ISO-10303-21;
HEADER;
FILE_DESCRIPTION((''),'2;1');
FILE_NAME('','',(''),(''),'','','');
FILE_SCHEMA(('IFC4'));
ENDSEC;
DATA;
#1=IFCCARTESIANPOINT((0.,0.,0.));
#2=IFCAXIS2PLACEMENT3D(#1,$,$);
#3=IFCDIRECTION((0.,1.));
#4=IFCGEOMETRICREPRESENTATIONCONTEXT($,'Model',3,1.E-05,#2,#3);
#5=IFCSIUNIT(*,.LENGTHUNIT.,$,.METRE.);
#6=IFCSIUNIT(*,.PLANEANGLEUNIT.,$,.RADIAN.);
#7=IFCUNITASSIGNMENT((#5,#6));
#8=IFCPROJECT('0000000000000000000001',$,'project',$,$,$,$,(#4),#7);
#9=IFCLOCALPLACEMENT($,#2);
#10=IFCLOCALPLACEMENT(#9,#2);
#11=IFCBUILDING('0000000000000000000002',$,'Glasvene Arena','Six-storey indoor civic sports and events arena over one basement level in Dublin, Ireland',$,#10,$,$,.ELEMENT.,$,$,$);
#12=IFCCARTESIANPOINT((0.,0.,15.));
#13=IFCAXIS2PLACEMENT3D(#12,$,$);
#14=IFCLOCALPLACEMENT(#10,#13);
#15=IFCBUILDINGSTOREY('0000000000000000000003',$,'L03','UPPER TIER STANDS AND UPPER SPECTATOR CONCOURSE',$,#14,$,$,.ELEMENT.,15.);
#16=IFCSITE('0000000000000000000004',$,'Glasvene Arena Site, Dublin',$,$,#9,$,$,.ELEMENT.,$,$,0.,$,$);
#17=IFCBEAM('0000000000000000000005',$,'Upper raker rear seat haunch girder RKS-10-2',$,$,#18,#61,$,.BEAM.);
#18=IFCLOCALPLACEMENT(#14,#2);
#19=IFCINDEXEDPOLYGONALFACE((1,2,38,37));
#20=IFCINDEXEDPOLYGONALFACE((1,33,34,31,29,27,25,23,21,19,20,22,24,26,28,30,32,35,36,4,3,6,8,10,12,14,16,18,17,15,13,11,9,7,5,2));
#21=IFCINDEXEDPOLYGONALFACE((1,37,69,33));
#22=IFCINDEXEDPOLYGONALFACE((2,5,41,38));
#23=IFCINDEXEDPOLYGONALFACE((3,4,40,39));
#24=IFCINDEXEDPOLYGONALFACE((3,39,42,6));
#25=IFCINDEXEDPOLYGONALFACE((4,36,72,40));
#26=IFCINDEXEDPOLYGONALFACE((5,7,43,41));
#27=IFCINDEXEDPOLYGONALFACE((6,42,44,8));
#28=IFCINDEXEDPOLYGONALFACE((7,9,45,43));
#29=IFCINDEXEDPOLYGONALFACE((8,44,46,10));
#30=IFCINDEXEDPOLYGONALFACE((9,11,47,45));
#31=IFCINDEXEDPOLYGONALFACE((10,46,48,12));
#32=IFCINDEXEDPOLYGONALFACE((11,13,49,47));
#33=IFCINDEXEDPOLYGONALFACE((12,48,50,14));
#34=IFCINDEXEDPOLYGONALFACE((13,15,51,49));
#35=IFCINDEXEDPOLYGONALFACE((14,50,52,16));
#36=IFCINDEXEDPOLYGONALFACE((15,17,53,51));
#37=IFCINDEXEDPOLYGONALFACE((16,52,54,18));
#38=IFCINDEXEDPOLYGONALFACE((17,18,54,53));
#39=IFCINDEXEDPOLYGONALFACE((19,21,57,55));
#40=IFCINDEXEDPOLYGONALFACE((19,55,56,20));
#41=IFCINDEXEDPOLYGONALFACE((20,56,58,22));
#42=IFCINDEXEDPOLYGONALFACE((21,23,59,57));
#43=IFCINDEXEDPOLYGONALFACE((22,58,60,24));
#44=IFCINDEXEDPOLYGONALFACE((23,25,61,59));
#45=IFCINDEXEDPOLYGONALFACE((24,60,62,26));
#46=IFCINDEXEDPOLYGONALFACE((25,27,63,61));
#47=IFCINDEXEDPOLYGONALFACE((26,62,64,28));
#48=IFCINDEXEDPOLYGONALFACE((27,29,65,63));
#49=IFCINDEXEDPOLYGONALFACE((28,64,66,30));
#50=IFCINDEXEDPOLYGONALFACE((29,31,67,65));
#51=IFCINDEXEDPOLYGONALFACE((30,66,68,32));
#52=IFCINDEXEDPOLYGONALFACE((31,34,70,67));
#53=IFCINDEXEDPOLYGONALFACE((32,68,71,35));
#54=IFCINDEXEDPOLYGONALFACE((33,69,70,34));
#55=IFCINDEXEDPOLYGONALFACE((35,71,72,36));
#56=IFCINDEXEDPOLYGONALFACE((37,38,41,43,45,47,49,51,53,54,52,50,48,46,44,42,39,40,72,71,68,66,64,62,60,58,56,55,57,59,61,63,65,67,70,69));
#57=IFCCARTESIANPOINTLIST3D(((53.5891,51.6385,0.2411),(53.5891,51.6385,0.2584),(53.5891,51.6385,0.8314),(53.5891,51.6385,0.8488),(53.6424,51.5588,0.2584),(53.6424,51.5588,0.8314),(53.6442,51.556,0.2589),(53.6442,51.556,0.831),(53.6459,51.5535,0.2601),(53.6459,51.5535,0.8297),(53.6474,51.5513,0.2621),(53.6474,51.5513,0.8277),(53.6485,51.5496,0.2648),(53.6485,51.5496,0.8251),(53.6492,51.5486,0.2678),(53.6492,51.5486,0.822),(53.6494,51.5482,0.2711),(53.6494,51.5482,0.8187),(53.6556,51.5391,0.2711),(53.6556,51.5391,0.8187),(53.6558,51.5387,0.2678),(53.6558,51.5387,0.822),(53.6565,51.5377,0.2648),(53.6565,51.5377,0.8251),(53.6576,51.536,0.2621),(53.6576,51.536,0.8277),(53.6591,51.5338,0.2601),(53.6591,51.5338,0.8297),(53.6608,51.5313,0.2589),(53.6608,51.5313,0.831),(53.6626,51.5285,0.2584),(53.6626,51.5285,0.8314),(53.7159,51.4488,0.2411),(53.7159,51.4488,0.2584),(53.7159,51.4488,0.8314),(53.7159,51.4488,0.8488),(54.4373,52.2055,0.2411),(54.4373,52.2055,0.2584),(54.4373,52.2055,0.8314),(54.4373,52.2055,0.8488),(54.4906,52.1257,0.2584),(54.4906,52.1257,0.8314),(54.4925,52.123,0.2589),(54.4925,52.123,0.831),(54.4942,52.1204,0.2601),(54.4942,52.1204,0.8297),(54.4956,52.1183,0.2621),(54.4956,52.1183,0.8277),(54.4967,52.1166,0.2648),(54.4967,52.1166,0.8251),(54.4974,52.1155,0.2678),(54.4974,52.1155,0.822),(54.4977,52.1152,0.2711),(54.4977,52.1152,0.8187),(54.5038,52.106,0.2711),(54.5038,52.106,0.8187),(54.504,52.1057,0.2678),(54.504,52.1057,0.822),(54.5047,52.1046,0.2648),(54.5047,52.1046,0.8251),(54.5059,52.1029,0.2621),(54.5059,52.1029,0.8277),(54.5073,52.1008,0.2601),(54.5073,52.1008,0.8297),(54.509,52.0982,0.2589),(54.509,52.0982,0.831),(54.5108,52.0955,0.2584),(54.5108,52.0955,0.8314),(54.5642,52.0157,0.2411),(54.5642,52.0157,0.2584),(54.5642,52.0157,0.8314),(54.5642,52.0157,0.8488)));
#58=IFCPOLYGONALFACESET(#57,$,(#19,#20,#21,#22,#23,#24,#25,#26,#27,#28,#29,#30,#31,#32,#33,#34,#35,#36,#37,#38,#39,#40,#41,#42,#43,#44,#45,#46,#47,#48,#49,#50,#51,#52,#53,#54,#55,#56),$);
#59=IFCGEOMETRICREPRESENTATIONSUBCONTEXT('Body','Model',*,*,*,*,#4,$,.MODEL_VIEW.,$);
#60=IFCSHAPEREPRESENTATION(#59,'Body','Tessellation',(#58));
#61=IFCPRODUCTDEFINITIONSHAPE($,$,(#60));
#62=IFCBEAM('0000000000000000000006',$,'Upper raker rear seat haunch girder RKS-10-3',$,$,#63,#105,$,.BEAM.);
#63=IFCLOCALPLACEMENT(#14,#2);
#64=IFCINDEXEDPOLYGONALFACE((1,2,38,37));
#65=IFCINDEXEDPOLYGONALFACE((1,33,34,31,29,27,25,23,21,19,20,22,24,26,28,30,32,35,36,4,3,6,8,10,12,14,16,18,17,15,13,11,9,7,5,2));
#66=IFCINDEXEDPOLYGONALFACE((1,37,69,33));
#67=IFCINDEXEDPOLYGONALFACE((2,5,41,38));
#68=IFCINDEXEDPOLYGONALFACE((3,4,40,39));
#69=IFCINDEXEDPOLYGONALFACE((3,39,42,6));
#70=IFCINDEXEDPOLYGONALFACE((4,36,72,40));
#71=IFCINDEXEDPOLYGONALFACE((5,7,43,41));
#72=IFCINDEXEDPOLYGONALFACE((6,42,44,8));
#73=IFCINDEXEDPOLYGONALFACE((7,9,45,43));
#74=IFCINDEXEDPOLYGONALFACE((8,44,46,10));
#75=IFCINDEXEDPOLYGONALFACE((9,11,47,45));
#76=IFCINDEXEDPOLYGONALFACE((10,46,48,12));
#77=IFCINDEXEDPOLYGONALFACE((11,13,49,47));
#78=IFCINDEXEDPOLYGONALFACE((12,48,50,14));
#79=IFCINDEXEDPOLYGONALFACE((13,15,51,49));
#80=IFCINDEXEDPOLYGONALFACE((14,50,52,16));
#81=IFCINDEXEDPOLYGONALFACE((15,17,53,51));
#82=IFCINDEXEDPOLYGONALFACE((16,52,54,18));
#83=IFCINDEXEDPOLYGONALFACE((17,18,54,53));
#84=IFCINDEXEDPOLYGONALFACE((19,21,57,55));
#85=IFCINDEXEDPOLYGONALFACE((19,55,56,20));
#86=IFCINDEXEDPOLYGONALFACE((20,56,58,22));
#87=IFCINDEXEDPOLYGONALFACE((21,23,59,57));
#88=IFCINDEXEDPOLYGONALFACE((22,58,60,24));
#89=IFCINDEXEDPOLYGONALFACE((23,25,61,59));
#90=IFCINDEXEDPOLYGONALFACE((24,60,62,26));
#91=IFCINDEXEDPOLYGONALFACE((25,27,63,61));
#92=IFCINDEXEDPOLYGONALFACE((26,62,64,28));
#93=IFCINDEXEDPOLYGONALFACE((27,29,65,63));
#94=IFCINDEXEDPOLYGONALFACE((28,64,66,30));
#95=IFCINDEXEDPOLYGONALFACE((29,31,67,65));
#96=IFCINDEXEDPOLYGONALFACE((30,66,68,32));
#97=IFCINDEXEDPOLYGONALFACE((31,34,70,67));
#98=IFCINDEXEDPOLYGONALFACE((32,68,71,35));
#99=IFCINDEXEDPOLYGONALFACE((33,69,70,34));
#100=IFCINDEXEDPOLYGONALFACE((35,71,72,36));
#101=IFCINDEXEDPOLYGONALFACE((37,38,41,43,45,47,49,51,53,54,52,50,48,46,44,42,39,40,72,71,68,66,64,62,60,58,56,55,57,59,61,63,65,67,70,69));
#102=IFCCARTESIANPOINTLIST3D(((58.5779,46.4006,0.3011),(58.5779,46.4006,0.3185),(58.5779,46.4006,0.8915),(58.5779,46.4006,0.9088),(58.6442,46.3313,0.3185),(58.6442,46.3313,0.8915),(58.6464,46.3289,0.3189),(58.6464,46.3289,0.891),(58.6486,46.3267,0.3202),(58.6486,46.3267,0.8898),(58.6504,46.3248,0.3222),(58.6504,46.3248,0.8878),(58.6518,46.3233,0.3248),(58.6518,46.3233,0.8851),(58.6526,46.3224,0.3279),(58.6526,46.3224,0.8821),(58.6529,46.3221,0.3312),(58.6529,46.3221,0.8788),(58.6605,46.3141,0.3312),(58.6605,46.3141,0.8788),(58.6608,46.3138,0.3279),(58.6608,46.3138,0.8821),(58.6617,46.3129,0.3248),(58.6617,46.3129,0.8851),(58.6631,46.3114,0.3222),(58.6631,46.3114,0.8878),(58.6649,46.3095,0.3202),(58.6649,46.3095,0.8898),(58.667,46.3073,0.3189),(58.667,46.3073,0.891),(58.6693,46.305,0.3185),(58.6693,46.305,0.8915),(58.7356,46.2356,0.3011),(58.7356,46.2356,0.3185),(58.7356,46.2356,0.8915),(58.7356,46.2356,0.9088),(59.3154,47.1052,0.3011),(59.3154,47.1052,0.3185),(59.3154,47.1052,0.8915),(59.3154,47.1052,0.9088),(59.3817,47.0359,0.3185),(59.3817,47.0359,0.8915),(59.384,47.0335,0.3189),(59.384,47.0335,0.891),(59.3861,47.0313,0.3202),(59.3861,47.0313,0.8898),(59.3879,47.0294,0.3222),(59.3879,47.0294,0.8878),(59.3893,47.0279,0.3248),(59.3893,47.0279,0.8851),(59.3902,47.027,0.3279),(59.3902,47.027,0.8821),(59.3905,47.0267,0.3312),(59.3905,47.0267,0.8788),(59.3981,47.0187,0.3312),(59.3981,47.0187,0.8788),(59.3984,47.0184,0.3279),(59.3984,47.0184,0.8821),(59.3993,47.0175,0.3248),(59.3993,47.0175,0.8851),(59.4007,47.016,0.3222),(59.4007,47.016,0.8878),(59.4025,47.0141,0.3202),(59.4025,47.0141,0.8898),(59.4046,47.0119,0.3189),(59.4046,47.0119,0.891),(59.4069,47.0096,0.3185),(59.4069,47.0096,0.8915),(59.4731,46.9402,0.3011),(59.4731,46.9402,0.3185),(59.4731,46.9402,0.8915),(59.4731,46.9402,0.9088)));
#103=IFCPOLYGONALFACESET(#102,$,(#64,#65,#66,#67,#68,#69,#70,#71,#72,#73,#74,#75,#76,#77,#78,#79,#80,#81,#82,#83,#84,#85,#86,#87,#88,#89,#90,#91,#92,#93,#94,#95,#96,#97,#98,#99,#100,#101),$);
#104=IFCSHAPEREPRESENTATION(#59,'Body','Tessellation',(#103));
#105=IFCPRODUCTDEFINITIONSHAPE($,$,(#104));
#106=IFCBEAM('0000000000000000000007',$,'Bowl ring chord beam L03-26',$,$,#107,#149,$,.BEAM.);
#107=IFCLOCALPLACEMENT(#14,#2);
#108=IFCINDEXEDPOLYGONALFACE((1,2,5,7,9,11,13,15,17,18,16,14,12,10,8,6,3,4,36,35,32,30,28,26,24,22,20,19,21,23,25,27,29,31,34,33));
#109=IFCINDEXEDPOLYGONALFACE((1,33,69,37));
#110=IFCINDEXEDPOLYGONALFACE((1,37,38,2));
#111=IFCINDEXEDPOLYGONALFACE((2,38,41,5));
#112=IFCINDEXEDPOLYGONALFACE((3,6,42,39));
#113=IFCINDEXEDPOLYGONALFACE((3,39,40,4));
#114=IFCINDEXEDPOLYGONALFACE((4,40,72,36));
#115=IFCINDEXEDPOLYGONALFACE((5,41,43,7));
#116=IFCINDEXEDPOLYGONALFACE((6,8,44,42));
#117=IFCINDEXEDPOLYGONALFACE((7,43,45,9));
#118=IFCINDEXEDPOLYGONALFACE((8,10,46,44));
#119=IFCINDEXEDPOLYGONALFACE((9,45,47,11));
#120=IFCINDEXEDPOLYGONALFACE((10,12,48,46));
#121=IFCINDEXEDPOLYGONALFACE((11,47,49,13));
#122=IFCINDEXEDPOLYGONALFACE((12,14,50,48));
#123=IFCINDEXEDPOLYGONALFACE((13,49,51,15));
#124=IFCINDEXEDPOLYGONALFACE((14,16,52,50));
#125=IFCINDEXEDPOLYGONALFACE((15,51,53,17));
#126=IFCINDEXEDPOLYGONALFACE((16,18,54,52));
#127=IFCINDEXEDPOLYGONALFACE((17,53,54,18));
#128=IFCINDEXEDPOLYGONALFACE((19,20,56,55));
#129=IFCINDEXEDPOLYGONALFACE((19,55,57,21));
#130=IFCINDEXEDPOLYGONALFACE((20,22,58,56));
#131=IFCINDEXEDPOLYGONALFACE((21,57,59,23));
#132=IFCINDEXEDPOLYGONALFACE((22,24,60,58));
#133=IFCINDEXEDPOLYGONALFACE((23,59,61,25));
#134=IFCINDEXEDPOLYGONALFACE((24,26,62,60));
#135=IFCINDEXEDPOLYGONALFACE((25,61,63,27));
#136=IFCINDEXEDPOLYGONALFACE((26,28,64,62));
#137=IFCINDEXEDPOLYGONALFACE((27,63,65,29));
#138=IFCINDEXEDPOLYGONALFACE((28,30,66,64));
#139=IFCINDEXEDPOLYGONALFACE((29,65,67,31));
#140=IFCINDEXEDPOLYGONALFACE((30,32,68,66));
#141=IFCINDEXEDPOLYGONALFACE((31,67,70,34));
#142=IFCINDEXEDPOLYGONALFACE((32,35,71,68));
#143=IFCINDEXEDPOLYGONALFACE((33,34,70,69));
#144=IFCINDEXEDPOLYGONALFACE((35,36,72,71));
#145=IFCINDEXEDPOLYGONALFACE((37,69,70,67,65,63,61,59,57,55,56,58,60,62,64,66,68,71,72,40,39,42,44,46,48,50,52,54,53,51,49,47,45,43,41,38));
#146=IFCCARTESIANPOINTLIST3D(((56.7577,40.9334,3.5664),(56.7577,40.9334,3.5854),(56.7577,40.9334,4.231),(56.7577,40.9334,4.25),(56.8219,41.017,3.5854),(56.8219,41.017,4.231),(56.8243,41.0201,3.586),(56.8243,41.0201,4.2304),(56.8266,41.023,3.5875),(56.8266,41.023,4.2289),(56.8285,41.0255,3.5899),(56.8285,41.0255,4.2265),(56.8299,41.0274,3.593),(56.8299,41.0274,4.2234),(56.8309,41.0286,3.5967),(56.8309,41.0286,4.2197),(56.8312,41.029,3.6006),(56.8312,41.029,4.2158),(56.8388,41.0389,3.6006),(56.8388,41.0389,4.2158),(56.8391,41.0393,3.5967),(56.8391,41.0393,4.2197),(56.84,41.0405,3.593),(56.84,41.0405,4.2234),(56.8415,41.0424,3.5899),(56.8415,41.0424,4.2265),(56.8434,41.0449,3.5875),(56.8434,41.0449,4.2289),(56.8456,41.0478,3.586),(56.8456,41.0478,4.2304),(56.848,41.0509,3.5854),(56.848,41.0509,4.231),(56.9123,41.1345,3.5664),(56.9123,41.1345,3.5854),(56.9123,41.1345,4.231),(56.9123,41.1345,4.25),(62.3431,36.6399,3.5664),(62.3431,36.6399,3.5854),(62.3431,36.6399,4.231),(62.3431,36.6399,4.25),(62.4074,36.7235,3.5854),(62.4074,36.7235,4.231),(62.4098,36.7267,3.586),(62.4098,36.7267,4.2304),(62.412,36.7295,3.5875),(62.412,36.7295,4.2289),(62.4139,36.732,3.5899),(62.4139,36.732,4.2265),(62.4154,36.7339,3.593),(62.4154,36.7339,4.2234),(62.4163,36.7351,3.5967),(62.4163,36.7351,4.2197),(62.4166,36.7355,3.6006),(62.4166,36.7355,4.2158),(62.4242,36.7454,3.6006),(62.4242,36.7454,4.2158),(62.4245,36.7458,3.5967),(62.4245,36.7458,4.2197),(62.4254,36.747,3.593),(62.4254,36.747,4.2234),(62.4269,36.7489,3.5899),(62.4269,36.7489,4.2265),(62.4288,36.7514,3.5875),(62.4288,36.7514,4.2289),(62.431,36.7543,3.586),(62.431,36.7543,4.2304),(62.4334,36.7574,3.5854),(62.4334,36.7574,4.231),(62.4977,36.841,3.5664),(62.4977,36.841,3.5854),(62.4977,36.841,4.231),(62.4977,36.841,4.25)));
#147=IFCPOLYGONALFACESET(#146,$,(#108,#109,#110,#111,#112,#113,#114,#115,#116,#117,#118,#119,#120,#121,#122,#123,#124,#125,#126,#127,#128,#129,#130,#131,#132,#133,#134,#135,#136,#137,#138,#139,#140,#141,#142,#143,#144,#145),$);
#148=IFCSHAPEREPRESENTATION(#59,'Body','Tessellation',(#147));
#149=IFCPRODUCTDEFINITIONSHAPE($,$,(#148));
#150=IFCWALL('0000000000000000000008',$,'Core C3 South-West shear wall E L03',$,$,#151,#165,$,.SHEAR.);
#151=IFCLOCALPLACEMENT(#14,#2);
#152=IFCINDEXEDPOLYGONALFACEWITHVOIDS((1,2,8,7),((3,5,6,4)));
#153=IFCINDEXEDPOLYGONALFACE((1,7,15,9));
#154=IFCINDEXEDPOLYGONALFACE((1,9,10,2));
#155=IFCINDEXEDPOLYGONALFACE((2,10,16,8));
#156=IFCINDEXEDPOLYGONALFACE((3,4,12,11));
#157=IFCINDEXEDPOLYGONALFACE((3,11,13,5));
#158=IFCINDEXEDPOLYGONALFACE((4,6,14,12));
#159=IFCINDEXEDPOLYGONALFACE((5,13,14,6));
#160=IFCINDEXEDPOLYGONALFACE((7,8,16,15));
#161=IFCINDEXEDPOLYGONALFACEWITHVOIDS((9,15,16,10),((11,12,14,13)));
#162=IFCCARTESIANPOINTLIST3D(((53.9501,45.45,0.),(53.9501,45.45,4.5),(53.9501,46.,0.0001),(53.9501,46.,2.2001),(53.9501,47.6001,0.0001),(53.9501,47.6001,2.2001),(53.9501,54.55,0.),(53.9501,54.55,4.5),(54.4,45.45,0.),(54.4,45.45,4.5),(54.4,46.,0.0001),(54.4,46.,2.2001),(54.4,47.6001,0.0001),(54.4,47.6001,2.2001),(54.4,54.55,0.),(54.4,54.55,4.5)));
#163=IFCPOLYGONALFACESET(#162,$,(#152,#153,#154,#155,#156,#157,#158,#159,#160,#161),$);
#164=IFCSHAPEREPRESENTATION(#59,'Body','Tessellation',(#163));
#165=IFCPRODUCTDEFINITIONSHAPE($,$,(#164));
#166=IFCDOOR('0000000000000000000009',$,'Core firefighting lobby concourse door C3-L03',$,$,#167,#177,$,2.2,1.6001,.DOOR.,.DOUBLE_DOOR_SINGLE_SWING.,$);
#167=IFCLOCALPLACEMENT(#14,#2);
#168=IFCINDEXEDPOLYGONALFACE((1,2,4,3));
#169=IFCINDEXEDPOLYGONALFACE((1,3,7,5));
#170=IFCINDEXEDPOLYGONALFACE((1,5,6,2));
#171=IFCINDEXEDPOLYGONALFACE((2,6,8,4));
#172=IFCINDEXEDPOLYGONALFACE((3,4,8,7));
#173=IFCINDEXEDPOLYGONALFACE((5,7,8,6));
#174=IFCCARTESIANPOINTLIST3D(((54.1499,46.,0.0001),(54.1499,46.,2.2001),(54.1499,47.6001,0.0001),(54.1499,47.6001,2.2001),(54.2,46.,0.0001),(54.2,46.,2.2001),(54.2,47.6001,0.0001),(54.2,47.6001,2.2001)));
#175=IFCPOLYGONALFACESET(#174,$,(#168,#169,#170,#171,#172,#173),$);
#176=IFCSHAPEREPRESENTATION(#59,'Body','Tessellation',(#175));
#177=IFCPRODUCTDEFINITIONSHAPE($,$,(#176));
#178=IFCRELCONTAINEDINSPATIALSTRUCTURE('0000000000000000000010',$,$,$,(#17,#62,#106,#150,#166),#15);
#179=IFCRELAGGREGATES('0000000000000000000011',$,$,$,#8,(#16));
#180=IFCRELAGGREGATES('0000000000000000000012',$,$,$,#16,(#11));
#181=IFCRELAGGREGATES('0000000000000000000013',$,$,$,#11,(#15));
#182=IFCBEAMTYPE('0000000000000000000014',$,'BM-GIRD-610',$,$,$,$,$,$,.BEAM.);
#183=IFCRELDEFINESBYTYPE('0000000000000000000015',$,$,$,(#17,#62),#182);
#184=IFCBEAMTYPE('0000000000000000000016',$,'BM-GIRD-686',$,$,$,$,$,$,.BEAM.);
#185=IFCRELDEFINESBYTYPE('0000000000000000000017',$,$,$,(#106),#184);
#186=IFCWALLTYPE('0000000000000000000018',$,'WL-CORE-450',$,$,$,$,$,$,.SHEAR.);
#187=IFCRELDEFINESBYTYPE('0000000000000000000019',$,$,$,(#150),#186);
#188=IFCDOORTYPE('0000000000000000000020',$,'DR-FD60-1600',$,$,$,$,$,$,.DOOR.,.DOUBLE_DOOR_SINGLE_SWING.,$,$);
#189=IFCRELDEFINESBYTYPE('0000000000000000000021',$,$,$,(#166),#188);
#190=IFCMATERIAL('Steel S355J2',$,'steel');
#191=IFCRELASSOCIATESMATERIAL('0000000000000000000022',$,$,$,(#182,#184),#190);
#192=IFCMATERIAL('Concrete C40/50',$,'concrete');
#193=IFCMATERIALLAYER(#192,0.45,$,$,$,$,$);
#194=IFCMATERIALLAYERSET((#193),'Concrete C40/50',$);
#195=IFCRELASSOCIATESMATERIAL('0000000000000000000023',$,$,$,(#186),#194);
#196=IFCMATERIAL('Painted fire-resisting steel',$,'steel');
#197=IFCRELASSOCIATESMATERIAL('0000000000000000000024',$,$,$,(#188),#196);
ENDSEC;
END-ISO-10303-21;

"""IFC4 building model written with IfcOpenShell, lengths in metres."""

from ifc_helpers import new_model, si_unit, direction, frame, frame_2d, origin, origin_2d, place, context, subcontext, project, spatial, rectangle, i_section, extrude, material, layer, layer_set, material_profile, profile_set, type_object, element, fill, save


model = new_model("IFC4")

# Units and contexts
model_context = context("Model", 3, precision=1e-05, world=origin(), true_north=direction((0.0, 1.0)))
body_context = subcontext(model_context, "Body", "Model", "MODEL_VIEW")
ifc_project = project(units=[si_unit("LENGTHUNIT", "METRE"), si_unit("PLANEANGLEUNIT", "RADIAN")], contexts=[model_context])

# Site, building, storey
site_placement = place(None, origin())
site = spatial("IfcSite", under=ifc_project, at=site_placement, Name="Glasvene Arena Site, Dublin", CompositionType="ELEMENT", RefElevation=0.0)
building_placement = place(site_placement, origin())
building = spatial("IfcBuilding", under=site, at=building_placement, Name="Glasvene Arena", Description="Six-storey indoor civic sports and events arena over one basement level in Dublin, Ireland", CompositionType="ELEMENT")
storey_placement = place(building_placement, frame((0.0, 0.0, 15.0)))
storey = spatial("IfcBuildingStorey", under=building, at=storey_placement, Name="L03", Description="UPPER TIER STANDS AND UPPER SPECTATOR CONCOURSE", CompositionType="ELEMENT", Elevation=15.0)

# Shared definitions
ifc_material_1 = material(Name="Steel S355J2", Category="steel")

# Beams
ifc_material_profile_1 = material_profile(ifc_material_1, i_section(OverallWidth=0.2283, OverallDepth=0.6077, WebThickness=0.011, FlangeThickness=0.0173, FilletRadius=0.0127, at=origin_2d()), Name="UKB 610x229x113")
ifc_profile_set_1 = profile_set([ifc_material_profile_1], Name="Steel S355J2")
beam_type_1 = type_object("IfcBeamType", Name="BM-GIRD-610", PredefinedType="BEAM", material=ifc_profile_set_1)
beam_1_placement = place(storey_placement, frame((54.5007, 52.1106, 0.5449), z_axis=(-0.831387, -0.555694, 0.0), x_axis=(0.555694, -0.831387, 0.0)))
element("IfcBeam", 1, at=beam_1_placement, inside=storey, type_object=beam_type_1, Name="Upper raker rear seat haunch girder RKS-10-2", PredefinedType="BEAM", context=body_context, shape_type="SweptSolid", body=[
    extrude(i_section(OverallWidth=0.2283, OverallDepth=0.6077, WebThickness=0.011, FlangeThickness=0.0173, FilletRadius=0.0127, at=origin_2d()), origin(), (0.0, 0.0, 1.0), 1.0203),
])
beam_2_placement = place(storey_placement, frame((59.3943, 47.0227, 0.605), z_axis=(-0.723078, -0.690766, 0.0), x_axis=(0.690766, -0.723078, 0.0)))
element("IfcBeam", 2, at=beam_2_placement, inside=storey, type_object=beam_type_1, Name="Upper raker rear seat haunch girder RKS-10-3", PredefinedType="BEAM", context=body_context, shape_type="SweptSolid", body=[
    extrude(i_section(OverallWidth=0.2283, OverallDepth=0.6077, WebThickness=0.011, FlangeThickness=0.0173, FilletRadius=0.0127, at=origin_2d()), origin(), (0.0, 0.0, 1.0), 1.02),
])
ifc_material_profile_2 = material_profile(ifc_material_1, i_section(OverallWidth=0.2537, OverallDepth=0.6836, WebThickness=0.0125, FlangeThickness=0.019, FilletRadius=0.0151, at=origin_2d()), Name="UKB 686x254x140")
ifc_profile_set_2 = profile_set([ifc_material_profile_2], Name="Steel S355J2")
beam_type_2 = type_object("IfcBeamType", Name="BM-GIRD-686", PredefinedType="BEAM", material=ifc_profile_set_2)
beam_3_placement = place(storey_placement, frame((56.835, 41.0339, 3.9082), z_axis=(0.792833, -0.609439, 0.0), x_axis=(0.609439, 0.792833, 0.0)))
element("IfcBeam", 3, at=beam_3_placement, inside=storey, type_object=beam_type_2, Name="Bowl ring chord beam L03-26", PredefinedType="BEAM", context=body_context, shape_type="SweptSolid", body=[
    extrude(i_section(OverallWidth=0.2537, OverallDepth=0.6836, WebThickness=0.0125, FlangeThickness=0.019, FilletRadius=0.0151, at=origin_2d()), origin(), (0.0, 0.0, 1.0), 7.0449),
])

# Wall, opening, door
ifc_material_2 = material(Name="Concrete C40/50", Category="concrete")
ifc_layer_1 = layer(ifc_material_2, 0.45)
ifc_layer_set_1 = layer_set([ifc_layer_1], Name="Concrete C40/50")
wall_type = type_object("IfcWallType", Name="WL-CORE-450", PredefinedType="SHEAR", material=ifc_layer_set_1)
wall_placement = place(storey_placement, frame((54.175, 45.45, 0.0), z_axis=(0.0, 0.0, 1.0), x_axis=(0.0, 1.0, 0.0)))
wall = element("IfcWall", 4, at=wall_placement, inside=storey, type_object=wall_type, Name="Core C3 South-West shear wall E L03", PredefinedType="SHEAR", context=body_context, shape_type="SweptSolid", body=[
    extrude(rectangle(XDim=9.1001, YDim=0.45, at=frame_2d((4.55, 0.0))), origin(), (0.0, 0.0, 1.0), 4.5),
])
opening_placement = place(wall_placement, frame((0.55, 0.0, 0.0)))
opening = element("IfcOpeningElement", 5, at=opening_placement, cuts=wall, PredefinedType="OPENING", context=body_context, shape_type="SweptSolid", body=[
    extrude(rectangle(XDim=1.6001, YDim=2.2, at=frame_2d((0.8, 1.1001))), frame((0.0, 0.2349, 0.0), z_axis=(0.0, -1.0, 0.0), x_axis=(1.0, 0.0, 0.0)), (0.0, 0.0, 1.0), 0.47),
])
ifc_material_3 = material(Name="Painted fire-resisting steel", Category="steel")
door_type = type_object("IfcDoorType", Name="DR-FD60-1600", OperationType="DOUBLE_DOOR_SINGLE_SWING", PredefinedType="DOOR", material=ifc_material_3)
door_placement = place(opening_placement, frame((1.6001, 0.0, 0.0), z_axis=(0.0, 0.0, 1.0), x_axis=(-1.0, 0.0, 0.0)))
door = element("IfcDoor", 6, at=door_placement, inside=storey, type_object=door_type, Name="Core firefighting lobby concourse door C3-L03", OperationType="DOUBLE_DOOR_SINGLE_SWING", OverallHeight=2.2, OverallWidth=1.6001, PredefinedType="DOOR", context=body_context, shape_type="SweptSolid", body=[
    extrude(rectangle(XDim=1.6001, YDim=2.2, at=frame_2d((0.8, 1.1001))), frame((0.0, 0.0249, 0.0), z_axis=(0.0, -1.0, 0.0), x_axis=(1.0, 0.0, 0.0)), (0.0, 0.0, 1.0), 0.05),
])
fill(opening, door)

save(model, "model.ifc")
